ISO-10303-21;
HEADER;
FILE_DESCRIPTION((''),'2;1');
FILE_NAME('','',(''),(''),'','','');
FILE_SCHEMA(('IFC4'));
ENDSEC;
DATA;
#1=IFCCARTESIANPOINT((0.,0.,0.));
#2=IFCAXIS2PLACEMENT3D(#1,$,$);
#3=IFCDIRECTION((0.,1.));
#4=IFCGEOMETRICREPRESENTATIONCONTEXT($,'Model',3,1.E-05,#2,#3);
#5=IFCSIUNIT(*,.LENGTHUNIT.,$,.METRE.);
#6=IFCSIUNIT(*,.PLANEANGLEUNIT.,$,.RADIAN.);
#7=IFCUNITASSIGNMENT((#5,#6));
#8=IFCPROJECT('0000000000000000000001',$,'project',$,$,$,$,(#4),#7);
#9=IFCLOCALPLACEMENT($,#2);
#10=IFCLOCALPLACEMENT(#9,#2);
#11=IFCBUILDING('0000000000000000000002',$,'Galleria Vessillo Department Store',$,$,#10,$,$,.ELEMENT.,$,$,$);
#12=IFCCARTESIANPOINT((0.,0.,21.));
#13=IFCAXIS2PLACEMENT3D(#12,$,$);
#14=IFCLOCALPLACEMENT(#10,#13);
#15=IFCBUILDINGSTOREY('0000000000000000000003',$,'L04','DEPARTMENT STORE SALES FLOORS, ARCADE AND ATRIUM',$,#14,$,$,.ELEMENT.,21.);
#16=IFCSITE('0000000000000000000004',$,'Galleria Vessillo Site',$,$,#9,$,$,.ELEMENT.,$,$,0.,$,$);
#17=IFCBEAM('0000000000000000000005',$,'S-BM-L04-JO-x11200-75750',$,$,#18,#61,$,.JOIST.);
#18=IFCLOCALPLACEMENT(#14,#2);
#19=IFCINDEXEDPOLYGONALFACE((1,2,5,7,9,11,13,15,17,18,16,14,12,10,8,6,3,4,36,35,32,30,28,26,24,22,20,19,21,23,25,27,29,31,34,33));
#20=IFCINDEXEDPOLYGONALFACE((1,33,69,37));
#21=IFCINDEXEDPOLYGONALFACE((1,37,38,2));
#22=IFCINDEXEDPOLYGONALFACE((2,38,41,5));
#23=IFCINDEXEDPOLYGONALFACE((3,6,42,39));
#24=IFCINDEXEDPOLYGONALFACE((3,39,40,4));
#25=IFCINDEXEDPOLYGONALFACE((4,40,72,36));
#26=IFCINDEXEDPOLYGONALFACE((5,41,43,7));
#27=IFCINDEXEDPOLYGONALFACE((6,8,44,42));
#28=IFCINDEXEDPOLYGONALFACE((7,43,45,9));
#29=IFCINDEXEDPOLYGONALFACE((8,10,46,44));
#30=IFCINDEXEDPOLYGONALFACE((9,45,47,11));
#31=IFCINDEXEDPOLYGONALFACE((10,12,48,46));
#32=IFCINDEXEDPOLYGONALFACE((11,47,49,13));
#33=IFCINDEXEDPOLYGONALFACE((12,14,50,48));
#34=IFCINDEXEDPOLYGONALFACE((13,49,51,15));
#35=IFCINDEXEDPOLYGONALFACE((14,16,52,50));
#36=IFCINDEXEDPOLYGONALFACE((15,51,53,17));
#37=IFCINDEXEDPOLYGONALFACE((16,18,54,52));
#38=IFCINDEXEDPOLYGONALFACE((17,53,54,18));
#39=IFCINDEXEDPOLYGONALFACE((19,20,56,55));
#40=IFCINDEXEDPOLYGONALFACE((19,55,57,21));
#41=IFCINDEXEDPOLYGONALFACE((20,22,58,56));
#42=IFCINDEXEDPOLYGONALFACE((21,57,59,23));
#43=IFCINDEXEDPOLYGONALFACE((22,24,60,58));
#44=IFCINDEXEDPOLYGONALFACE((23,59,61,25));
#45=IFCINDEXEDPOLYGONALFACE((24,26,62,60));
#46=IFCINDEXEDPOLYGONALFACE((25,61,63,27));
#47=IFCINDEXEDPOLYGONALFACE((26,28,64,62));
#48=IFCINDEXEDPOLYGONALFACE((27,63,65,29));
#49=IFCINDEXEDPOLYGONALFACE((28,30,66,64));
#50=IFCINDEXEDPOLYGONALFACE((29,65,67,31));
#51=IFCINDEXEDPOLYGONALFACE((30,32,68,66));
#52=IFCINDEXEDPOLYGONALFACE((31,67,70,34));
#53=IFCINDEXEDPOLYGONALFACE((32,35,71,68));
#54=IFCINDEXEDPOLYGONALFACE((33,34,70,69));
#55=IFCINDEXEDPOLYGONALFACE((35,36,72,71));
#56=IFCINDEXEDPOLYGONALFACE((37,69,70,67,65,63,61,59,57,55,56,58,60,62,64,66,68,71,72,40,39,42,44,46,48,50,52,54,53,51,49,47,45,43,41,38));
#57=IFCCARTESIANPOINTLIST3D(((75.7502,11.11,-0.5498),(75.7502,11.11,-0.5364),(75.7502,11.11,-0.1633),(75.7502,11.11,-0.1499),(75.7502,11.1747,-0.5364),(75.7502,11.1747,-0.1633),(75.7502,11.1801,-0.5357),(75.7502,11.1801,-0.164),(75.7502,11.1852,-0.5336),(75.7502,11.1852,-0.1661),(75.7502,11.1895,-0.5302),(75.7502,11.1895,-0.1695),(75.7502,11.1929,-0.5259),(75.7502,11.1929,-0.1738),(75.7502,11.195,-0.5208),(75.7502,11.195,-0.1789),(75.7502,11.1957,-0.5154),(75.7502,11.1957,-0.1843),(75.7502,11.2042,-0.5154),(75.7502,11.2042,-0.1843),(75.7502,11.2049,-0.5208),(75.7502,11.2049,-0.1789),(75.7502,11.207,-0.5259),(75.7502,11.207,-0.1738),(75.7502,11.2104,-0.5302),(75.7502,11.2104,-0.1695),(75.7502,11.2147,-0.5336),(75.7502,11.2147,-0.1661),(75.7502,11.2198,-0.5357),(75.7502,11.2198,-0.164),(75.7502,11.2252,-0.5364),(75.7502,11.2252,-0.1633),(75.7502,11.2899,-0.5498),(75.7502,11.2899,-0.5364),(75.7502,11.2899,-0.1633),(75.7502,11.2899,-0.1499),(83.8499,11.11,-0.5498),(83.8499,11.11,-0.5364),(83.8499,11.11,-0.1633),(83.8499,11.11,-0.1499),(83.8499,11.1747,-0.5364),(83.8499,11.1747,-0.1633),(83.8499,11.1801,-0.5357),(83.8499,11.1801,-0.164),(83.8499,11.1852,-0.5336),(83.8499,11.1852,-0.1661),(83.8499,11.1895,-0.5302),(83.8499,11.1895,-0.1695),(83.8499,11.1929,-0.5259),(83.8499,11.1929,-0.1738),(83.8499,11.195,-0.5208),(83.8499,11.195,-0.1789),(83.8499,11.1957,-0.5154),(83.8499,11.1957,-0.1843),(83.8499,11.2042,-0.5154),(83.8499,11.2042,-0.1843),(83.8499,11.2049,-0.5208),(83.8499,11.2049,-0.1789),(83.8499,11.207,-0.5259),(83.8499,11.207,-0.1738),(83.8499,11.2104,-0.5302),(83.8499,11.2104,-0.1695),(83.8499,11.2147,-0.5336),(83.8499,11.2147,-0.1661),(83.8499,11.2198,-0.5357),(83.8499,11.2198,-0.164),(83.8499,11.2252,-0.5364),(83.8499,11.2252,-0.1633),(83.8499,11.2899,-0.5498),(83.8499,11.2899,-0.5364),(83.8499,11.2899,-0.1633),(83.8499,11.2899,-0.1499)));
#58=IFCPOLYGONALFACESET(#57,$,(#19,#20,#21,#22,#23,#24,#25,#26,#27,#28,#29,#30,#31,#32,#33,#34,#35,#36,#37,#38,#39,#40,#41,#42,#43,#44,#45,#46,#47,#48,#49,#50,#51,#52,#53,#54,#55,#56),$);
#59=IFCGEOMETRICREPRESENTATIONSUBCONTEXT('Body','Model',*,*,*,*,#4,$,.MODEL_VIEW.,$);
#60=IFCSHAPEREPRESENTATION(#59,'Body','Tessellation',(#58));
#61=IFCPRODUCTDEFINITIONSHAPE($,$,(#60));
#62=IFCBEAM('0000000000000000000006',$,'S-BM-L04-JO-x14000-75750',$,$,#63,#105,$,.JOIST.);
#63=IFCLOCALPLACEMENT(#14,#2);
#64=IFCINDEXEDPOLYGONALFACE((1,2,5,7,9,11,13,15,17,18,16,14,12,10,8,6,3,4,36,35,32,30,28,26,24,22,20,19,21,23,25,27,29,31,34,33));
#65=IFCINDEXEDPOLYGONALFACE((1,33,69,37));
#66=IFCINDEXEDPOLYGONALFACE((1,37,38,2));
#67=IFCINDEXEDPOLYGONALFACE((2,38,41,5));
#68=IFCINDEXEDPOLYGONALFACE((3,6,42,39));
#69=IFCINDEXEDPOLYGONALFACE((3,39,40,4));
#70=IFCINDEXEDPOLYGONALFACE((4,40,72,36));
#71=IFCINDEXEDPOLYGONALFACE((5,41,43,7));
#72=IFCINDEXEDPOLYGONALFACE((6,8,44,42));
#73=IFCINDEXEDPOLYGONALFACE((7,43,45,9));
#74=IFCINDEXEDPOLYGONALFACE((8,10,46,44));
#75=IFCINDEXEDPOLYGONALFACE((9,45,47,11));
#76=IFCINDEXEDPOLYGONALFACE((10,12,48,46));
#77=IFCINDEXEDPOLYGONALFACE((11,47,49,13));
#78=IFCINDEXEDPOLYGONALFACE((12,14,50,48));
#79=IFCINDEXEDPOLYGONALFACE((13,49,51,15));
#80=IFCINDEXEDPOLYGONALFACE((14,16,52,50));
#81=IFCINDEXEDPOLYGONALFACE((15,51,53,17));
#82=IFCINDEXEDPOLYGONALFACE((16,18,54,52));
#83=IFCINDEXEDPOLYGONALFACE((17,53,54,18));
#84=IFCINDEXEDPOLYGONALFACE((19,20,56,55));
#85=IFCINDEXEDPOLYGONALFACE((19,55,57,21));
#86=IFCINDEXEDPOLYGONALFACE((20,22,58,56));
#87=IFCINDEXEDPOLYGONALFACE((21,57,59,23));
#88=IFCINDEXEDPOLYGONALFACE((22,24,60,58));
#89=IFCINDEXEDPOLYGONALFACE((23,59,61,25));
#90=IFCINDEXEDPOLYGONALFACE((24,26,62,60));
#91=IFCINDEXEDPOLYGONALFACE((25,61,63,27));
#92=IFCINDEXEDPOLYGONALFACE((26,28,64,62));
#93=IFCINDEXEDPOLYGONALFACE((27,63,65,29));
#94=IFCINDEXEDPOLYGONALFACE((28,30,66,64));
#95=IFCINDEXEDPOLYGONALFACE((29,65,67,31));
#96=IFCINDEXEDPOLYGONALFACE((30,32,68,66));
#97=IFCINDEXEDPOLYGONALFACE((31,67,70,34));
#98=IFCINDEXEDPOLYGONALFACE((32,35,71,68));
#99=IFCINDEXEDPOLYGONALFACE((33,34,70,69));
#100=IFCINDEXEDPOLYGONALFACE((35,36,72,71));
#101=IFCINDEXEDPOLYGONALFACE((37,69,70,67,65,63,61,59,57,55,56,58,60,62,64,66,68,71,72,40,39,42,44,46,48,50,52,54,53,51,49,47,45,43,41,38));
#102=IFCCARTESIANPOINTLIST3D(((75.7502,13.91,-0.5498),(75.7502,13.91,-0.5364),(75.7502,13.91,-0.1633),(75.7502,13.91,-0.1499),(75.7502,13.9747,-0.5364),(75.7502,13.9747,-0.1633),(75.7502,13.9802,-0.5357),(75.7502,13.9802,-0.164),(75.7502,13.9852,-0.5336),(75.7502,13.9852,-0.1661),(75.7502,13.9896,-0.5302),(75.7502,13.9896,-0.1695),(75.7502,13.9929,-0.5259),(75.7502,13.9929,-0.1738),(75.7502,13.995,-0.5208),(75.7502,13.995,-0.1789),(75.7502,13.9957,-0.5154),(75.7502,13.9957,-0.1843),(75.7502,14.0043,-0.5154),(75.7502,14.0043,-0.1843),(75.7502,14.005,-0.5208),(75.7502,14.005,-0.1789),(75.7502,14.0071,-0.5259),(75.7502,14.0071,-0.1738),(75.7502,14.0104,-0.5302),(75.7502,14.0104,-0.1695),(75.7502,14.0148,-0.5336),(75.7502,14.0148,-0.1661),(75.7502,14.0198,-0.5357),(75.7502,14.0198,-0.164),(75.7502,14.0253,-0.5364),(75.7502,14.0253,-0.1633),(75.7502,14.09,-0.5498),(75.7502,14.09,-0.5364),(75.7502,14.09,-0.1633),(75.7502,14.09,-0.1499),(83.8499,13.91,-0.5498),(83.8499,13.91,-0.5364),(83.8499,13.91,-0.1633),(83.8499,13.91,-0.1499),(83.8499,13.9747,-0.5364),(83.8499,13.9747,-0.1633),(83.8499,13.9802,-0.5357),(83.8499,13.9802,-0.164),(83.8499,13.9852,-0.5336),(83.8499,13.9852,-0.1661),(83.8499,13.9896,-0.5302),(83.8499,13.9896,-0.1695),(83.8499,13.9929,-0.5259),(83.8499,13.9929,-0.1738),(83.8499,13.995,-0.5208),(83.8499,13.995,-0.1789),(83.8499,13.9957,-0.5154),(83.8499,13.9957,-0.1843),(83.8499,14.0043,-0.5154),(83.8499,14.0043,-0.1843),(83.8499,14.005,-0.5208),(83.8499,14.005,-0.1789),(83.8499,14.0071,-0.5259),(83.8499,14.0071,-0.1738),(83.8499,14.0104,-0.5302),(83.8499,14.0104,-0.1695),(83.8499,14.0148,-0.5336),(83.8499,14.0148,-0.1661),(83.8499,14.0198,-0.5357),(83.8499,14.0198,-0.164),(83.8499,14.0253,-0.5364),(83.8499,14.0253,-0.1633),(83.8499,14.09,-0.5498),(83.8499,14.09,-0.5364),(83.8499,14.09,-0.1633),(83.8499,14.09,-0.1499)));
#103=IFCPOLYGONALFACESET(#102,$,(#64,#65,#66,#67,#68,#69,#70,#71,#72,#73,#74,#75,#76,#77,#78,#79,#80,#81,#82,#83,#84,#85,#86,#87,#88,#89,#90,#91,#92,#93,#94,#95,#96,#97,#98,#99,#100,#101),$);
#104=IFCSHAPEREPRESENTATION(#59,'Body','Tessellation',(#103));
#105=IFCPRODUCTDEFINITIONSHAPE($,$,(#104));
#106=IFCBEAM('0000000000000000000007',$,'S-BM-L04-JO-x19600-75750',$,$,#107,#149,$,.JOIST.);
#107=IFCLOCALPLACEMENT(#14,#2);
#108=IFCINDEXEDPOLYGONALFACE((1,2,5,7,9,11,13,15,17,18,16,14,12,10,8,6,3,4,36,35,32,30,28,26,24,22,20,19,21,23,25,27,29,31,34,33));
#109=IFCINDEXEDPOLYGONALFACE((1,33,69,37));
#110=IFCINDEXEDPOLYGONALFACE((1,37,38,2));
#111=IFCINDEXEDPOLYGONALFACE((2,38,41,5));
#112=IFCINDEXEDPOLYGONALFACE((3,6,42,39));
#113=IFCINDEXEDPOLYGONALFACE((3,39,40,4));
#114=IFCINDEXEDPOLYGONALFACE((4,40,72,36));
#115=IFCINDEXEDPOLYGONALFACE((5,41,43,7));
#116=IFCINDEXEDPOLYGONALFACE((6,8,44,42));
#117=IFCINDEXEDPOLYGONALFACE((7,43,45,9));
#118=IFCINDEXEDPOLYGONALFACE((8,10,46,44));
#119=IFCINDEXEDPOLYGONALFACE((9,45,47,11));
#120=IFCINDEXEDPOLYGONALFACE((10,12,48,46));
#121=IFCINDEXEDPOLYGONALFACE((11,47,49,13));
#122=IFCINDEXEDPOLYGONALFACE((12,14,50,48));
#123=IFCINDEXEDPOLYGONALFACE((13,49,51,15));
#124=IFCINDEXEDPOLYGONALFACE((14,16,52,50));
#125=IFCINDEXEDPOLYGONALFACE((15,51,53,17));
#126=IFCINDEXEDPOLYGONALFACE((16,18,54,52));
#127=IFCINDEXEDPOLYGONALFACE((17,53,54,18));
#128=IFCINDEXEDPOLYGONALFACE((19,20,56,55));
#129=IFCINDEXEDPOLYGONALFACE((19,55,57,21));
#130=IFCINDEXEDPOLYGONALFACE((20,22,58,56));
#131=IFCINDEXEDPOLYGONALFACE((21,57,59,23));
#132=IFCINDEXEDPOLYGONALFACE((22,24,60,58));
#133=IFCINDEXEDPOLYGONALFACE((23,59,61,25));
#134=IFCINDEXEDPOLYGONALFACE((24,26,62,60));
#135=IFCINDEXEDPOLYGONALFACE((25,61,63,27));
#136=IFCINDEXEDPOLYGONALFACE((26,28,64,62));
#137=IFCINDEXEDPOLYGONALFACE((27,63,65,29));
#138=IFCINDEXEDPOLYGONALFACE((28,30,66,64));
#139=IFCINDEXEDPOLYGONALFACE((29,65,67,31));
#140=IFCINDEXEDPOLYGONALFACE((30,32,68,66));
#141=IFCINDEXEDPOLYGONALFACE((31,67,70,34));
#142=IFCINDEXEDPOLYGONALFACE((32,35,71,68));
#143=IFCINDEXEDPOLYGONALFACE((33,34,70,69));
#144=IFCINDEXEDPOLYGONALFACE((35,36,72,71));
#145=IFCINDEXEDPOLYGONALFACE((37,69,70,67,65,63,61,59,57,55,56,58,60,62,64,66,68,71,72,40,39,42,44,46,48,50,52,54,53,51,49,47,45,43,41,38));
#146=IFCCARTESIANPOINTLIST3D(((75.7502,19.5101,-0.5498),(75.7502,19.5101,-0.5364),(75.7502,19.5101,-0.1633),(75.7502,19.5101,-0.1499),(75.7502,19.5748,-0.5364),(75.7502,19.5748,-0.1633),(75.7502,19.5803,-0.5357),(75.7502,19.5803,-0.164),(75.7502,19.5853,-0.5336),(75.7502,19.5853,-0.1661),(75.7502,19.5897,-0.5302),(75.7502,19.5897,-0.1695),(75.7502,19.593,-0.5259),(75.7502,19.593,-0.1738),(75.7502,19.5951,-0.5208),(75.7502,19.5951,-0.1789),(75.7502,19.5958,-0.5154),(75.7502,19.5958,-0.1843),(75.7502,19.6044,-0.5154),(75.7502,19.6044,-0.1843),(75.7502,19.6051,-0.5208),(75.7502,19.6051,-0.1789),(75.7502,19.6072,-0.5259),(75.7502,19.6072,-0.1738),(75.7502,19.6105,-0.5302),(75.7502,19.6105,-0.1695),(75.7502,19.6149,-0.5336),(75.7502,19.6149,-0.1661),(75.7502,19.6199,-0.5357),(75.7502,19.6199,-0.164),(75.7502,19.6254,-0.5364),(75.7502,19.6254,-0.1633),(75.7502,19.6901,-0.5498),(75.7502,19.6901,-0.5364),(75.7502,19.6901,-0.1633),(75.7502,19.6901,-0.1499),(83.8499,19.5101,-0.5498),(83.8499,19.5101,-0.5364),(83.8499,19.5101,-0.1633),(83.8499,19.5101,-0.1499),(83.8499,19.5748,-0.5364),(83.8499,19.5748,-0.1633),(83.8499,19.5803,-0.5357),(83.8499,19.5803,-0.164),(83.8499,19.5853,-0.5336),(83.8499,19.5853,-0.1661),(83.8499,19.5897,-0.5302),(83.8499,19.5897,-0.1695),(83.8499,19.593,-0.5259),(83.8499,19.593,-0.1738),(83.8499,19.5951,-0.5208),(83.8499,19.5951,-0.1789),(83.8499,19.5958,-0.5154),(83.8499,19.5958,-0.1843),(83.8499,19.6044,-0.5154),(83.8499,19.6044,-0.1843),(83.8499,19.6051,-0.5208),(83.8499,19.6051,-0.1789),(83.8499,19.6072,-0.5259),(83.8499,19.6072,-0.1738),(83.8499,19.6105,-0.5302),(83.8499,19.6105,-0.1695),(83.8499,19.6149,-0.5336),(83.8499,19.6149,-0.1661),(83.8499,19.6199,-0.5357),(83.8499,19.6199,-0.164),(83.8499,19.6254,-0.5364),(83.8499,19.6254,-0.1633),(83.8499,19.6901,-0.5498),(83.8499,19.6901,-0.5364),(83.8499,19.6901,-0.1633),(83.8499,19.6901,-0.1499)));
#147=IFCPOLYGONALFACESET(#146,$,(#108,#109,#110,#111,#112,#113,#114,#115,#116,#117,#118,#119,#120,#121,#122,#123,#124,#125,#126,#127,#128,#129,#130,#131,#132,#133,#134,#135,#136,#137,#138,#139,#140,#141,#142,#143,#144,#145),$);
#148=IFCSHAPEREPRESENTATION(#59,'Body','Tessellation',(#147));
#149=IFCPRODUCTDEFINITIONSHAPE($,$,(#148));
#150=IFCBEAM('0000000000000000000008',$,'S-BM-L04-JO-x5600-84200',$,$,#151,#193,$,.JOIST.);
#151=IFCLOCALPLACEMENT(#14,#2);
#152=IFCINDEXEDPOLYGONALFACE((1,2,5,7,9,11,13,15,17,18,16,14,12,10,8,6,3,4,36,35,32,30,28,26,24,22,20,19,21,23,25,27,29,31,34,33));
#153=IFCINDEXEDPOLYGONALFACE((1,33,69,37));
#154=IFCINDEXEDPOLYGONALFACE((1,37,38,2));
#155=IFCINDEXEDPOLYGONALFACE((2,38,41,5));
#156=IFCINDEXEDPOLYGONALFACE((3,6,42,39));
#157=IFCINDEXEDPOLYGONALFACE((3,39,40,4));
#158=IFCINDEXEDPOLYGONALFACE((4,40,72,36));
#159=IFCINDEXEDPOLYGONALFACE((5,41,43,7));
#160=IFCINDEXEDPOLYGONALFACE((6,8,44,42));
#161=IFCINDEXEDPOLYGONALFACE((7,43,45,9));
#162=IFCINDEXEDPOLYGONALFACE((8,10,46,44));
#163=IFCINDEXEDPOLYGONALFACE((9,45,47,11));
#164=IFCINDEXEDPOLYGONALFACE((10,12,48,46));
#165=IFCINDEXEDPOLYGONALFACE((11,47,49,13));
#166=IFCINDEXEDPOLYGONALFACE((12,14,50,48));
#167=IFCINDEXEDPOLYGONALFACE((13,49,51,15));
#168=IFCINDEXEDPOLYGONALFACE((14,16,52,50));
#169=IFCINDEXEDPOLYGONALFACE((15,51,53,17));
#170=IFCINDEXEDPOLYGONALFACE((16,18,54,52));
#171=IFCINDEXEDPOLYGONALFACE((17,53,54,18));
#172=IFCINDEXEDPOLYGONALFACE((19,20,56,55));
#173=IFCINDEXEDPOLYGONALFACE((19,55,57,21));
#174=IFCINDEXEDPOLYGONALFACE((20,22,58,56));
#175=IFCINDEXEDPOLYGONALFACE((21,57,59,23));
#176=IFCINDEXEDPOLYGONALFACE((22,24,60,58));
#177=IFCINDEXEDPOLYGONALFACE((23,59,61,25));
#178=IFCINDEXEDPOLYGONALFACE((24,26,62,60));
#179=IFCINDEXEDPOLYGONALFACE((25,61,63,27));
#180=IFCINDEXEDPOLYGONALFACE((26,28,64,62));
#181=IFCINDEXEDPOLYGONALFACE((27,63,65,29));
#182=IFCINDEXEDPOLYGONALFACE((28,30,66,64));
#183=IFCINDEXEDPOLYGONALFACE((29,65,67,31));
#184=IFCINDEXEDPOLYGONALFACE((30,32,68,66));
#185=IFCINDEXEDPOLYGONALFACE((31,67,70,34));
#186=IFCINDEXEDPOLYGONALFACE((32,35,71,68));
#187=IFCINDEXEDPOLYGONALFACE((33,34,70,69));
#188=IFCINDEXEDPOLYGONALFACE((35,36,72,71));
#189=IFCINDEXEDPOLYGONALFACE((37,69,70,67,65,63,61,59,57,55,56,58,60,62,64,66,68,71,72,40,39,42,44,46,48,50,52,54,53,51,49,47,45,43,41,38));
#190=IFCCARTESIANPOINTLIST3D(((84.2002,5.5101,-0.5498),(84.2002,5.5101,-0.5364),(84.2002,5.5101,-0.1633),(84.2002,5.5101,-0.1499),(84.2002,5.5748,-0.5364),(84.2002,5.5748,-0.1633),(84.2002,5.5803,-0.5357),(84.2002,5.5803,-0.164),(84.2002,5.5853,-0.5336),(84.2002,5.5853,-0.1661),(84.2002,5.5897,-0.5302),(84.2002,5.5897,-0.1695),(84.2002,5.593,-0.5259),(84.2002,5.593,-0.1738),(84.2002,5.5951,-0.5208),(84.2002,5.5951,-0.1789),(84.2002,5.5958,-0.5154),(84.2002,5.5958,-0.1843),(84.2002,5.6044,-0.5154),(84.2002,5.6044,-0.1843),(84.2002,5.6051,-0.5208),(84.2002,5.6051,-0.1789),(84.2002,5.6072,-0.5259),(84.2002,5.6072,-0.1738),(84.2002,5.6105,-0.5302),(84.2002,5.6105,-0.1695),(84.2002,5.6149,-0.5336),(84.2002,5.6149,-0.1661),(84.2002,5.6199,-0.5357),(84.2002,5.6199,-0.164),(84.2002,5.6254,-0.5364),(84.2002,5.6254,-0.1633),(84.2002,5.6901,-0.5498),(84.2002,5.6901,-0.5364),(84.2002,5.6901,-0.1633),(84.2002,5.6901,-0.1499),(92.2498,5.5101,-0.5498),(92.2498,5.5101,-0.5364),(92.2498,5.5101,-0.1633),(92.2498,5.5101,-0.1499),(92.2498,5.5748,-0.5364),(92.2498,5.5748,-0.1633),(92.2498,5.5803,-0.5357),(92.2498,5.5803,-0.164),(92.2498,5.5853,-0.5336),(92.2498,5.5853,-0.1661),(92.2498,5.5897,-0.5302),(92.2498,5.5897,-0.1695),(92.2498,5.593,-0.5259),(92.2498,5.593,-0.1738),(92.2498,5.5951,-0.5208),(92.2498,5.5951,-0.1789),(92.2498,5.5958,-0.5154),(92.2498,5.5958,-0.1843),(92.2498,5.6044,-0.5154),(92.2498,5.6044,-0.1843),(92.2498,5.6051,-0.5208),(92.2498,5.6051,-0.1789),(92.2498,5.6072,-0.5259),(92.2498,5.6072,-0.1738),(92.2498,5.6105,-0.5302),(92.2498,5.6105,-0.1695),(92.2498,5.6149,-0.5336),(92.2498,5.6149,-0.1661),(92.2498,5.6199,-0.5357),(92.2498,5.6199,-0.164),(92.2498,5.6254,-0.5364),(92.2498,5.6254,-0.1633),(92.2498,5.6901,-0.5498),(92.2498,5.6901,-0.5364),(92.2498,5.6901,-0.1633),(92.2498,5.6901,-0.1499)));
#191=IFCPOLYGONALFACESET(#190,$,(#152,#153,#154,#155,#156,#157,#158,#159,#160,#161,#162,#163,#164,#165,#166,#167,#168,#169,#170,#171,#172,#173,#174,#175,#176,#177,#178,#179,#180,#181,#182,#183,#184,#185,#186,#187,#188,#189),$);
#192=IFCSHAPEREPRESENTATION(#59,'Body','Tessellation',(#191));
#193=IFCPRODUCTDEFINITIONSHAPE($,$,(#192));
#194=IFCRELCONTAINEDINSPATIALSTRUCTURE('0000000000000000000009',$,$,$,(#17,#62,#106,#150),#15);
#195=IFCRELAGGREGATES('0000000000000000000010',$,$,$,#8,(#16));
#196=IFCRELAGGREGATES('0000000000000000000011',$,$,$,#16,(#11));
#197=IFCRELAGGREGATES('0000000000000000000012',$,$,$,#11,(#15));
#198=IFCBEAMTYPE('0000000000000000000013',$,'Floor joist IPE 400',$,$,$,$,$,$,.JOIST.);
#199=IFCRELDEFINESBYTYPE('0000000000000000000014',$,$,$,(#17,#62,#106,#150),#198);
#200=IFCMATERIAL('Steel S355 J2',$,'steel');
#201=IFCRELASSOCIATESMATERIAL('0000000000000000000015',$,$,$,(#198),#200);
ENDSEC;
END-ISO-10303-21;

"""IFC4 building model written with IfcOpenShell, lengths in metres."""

from ifc_helpers import new_model, si_unit, direction, frame, origin, origin_2d, place, context, subcontext, project, spatial, i_section, extrude, material, material_profile, profile_set, type_object, element, save


model = new_model("IFC4")

# Units and contexts
model_context = context("Model", 3, precision=1e-05, world=origin(), true_north=direction((0.0, 1.0)))
body_context = subcontext(model_context, "Body", "Model", "MODEL_VIEW")
ifc_project = project(units=[si_unit("LENGTHUNIT", "METRE"), si_unit("PLANEANGLEUNIT", "RADIAN")], contexts=[model_context])

# Site, building, storey
site_placement = place(None, origin())
site = spatial("IfcSite", under=ifc_project, at=site_placement, Name="Galleria Vessillo Site", CompositionType="ELEMENT", RefElevation=0.0)
building_placement = place(site_placement, origin())
building = spatial("IfcBuilding", under=site, at=building_placement, Name="Galleria Vessillo Department Store", CompositionType="ELEMENT")
storey_placement = place(building_placement, frame((0.0, 0.0, 21.0)))
storey = spatial("IfcBuildingStorey", under=building, at=storey_placement, Name="L04", Description="DEPARTMENT STORE SALES FLOORS, ARCADE AND ATRIUM", CompositionType="ELEMENT", Elevation=21.0)

# Beams
ifc_material_1 = material(Name="Steel S355 J2", Category="steel")
ifc_material_profile_1 = material_profile(ifc_material_1, i_section(OverallWidth=0.1799, OverallDepth=0.3999, WebThickness=0.0085, FlangeThickness=0.0134, FilletRadius=0.021, at=origin_2d()), Name="IPE 400")
ifc_profile_set_1 = profile_set([ifc_material_profile_1], Name="Steel S355 J2")
beam_type_1 = type_object("IfcBeamType", Name="Floor joist IPE 400", PredefinedType="JOIST", material=ifc_profile_set_1)
for number, where, z_axis, x_axis, name in (
    (1, (75.7502, 11.2, -0.3499), (1.0, 0.0, 0.0), (0.0, 1.0, 0.0), "S-BM-L04-JO-x11200-75750"),
    (2, (75.7502, 14.0, -0.3499), (1.0, 0.0, 0.0), (0.0, 1.0, 0.0), "S-BM-L04-JO-x14000-75750"),
    (3, (75.7502, 19.6001, -0.3499), (1.0, 0.0, 0.0), (0.0, 1.0, 0.0), "S-BM-L04-JO-x19600-75750"),
):
    element("IfcBeam", number, at=place(storey_placement, frame(where, z_axis=z_axis, x_axis=x_axis)), inside=storey, type_object=beam_type_1, Name=name, PredefinedType="JOIST", context=body_context, shape_type="SweptSolid", body=[
        extrude(i_section(OverallWidth=0.1799, OverallDepth=0.3999, WebThickness=0.0085, FlangeThickness=0.0134, FilletRadius=0.021, at=origin_2d()), origin(), (0.0, 0.0, 1.0), 8.0996),
    ])
beam_1_placement = place(storey_placement, frame((84.2002, 5.6001, -0.3499), z_axis=(1.0, 0.0, 0.0), x_axis=(0.0, 1.0, 0.0)))
element("IfcBeam", 4, at=beam_1_placement, inside=storey, type_object=beam_type_1, Name="S-BM-L04-JO-x5600-84200", PredefinedType="JOIST", context=body_context, shape_type="SweptSolid", body=[
    extrude(i_section(OverallWidth=0.1799, OverallDepth=0.3999, WebThickness=0.0085, FlangeThickness=0.0134, FilletRadius=0.021, at=origin_2d()), origin(), (0.0, 0.0, 1.0), 8.0496),
])

save(model, "model.ifc")
